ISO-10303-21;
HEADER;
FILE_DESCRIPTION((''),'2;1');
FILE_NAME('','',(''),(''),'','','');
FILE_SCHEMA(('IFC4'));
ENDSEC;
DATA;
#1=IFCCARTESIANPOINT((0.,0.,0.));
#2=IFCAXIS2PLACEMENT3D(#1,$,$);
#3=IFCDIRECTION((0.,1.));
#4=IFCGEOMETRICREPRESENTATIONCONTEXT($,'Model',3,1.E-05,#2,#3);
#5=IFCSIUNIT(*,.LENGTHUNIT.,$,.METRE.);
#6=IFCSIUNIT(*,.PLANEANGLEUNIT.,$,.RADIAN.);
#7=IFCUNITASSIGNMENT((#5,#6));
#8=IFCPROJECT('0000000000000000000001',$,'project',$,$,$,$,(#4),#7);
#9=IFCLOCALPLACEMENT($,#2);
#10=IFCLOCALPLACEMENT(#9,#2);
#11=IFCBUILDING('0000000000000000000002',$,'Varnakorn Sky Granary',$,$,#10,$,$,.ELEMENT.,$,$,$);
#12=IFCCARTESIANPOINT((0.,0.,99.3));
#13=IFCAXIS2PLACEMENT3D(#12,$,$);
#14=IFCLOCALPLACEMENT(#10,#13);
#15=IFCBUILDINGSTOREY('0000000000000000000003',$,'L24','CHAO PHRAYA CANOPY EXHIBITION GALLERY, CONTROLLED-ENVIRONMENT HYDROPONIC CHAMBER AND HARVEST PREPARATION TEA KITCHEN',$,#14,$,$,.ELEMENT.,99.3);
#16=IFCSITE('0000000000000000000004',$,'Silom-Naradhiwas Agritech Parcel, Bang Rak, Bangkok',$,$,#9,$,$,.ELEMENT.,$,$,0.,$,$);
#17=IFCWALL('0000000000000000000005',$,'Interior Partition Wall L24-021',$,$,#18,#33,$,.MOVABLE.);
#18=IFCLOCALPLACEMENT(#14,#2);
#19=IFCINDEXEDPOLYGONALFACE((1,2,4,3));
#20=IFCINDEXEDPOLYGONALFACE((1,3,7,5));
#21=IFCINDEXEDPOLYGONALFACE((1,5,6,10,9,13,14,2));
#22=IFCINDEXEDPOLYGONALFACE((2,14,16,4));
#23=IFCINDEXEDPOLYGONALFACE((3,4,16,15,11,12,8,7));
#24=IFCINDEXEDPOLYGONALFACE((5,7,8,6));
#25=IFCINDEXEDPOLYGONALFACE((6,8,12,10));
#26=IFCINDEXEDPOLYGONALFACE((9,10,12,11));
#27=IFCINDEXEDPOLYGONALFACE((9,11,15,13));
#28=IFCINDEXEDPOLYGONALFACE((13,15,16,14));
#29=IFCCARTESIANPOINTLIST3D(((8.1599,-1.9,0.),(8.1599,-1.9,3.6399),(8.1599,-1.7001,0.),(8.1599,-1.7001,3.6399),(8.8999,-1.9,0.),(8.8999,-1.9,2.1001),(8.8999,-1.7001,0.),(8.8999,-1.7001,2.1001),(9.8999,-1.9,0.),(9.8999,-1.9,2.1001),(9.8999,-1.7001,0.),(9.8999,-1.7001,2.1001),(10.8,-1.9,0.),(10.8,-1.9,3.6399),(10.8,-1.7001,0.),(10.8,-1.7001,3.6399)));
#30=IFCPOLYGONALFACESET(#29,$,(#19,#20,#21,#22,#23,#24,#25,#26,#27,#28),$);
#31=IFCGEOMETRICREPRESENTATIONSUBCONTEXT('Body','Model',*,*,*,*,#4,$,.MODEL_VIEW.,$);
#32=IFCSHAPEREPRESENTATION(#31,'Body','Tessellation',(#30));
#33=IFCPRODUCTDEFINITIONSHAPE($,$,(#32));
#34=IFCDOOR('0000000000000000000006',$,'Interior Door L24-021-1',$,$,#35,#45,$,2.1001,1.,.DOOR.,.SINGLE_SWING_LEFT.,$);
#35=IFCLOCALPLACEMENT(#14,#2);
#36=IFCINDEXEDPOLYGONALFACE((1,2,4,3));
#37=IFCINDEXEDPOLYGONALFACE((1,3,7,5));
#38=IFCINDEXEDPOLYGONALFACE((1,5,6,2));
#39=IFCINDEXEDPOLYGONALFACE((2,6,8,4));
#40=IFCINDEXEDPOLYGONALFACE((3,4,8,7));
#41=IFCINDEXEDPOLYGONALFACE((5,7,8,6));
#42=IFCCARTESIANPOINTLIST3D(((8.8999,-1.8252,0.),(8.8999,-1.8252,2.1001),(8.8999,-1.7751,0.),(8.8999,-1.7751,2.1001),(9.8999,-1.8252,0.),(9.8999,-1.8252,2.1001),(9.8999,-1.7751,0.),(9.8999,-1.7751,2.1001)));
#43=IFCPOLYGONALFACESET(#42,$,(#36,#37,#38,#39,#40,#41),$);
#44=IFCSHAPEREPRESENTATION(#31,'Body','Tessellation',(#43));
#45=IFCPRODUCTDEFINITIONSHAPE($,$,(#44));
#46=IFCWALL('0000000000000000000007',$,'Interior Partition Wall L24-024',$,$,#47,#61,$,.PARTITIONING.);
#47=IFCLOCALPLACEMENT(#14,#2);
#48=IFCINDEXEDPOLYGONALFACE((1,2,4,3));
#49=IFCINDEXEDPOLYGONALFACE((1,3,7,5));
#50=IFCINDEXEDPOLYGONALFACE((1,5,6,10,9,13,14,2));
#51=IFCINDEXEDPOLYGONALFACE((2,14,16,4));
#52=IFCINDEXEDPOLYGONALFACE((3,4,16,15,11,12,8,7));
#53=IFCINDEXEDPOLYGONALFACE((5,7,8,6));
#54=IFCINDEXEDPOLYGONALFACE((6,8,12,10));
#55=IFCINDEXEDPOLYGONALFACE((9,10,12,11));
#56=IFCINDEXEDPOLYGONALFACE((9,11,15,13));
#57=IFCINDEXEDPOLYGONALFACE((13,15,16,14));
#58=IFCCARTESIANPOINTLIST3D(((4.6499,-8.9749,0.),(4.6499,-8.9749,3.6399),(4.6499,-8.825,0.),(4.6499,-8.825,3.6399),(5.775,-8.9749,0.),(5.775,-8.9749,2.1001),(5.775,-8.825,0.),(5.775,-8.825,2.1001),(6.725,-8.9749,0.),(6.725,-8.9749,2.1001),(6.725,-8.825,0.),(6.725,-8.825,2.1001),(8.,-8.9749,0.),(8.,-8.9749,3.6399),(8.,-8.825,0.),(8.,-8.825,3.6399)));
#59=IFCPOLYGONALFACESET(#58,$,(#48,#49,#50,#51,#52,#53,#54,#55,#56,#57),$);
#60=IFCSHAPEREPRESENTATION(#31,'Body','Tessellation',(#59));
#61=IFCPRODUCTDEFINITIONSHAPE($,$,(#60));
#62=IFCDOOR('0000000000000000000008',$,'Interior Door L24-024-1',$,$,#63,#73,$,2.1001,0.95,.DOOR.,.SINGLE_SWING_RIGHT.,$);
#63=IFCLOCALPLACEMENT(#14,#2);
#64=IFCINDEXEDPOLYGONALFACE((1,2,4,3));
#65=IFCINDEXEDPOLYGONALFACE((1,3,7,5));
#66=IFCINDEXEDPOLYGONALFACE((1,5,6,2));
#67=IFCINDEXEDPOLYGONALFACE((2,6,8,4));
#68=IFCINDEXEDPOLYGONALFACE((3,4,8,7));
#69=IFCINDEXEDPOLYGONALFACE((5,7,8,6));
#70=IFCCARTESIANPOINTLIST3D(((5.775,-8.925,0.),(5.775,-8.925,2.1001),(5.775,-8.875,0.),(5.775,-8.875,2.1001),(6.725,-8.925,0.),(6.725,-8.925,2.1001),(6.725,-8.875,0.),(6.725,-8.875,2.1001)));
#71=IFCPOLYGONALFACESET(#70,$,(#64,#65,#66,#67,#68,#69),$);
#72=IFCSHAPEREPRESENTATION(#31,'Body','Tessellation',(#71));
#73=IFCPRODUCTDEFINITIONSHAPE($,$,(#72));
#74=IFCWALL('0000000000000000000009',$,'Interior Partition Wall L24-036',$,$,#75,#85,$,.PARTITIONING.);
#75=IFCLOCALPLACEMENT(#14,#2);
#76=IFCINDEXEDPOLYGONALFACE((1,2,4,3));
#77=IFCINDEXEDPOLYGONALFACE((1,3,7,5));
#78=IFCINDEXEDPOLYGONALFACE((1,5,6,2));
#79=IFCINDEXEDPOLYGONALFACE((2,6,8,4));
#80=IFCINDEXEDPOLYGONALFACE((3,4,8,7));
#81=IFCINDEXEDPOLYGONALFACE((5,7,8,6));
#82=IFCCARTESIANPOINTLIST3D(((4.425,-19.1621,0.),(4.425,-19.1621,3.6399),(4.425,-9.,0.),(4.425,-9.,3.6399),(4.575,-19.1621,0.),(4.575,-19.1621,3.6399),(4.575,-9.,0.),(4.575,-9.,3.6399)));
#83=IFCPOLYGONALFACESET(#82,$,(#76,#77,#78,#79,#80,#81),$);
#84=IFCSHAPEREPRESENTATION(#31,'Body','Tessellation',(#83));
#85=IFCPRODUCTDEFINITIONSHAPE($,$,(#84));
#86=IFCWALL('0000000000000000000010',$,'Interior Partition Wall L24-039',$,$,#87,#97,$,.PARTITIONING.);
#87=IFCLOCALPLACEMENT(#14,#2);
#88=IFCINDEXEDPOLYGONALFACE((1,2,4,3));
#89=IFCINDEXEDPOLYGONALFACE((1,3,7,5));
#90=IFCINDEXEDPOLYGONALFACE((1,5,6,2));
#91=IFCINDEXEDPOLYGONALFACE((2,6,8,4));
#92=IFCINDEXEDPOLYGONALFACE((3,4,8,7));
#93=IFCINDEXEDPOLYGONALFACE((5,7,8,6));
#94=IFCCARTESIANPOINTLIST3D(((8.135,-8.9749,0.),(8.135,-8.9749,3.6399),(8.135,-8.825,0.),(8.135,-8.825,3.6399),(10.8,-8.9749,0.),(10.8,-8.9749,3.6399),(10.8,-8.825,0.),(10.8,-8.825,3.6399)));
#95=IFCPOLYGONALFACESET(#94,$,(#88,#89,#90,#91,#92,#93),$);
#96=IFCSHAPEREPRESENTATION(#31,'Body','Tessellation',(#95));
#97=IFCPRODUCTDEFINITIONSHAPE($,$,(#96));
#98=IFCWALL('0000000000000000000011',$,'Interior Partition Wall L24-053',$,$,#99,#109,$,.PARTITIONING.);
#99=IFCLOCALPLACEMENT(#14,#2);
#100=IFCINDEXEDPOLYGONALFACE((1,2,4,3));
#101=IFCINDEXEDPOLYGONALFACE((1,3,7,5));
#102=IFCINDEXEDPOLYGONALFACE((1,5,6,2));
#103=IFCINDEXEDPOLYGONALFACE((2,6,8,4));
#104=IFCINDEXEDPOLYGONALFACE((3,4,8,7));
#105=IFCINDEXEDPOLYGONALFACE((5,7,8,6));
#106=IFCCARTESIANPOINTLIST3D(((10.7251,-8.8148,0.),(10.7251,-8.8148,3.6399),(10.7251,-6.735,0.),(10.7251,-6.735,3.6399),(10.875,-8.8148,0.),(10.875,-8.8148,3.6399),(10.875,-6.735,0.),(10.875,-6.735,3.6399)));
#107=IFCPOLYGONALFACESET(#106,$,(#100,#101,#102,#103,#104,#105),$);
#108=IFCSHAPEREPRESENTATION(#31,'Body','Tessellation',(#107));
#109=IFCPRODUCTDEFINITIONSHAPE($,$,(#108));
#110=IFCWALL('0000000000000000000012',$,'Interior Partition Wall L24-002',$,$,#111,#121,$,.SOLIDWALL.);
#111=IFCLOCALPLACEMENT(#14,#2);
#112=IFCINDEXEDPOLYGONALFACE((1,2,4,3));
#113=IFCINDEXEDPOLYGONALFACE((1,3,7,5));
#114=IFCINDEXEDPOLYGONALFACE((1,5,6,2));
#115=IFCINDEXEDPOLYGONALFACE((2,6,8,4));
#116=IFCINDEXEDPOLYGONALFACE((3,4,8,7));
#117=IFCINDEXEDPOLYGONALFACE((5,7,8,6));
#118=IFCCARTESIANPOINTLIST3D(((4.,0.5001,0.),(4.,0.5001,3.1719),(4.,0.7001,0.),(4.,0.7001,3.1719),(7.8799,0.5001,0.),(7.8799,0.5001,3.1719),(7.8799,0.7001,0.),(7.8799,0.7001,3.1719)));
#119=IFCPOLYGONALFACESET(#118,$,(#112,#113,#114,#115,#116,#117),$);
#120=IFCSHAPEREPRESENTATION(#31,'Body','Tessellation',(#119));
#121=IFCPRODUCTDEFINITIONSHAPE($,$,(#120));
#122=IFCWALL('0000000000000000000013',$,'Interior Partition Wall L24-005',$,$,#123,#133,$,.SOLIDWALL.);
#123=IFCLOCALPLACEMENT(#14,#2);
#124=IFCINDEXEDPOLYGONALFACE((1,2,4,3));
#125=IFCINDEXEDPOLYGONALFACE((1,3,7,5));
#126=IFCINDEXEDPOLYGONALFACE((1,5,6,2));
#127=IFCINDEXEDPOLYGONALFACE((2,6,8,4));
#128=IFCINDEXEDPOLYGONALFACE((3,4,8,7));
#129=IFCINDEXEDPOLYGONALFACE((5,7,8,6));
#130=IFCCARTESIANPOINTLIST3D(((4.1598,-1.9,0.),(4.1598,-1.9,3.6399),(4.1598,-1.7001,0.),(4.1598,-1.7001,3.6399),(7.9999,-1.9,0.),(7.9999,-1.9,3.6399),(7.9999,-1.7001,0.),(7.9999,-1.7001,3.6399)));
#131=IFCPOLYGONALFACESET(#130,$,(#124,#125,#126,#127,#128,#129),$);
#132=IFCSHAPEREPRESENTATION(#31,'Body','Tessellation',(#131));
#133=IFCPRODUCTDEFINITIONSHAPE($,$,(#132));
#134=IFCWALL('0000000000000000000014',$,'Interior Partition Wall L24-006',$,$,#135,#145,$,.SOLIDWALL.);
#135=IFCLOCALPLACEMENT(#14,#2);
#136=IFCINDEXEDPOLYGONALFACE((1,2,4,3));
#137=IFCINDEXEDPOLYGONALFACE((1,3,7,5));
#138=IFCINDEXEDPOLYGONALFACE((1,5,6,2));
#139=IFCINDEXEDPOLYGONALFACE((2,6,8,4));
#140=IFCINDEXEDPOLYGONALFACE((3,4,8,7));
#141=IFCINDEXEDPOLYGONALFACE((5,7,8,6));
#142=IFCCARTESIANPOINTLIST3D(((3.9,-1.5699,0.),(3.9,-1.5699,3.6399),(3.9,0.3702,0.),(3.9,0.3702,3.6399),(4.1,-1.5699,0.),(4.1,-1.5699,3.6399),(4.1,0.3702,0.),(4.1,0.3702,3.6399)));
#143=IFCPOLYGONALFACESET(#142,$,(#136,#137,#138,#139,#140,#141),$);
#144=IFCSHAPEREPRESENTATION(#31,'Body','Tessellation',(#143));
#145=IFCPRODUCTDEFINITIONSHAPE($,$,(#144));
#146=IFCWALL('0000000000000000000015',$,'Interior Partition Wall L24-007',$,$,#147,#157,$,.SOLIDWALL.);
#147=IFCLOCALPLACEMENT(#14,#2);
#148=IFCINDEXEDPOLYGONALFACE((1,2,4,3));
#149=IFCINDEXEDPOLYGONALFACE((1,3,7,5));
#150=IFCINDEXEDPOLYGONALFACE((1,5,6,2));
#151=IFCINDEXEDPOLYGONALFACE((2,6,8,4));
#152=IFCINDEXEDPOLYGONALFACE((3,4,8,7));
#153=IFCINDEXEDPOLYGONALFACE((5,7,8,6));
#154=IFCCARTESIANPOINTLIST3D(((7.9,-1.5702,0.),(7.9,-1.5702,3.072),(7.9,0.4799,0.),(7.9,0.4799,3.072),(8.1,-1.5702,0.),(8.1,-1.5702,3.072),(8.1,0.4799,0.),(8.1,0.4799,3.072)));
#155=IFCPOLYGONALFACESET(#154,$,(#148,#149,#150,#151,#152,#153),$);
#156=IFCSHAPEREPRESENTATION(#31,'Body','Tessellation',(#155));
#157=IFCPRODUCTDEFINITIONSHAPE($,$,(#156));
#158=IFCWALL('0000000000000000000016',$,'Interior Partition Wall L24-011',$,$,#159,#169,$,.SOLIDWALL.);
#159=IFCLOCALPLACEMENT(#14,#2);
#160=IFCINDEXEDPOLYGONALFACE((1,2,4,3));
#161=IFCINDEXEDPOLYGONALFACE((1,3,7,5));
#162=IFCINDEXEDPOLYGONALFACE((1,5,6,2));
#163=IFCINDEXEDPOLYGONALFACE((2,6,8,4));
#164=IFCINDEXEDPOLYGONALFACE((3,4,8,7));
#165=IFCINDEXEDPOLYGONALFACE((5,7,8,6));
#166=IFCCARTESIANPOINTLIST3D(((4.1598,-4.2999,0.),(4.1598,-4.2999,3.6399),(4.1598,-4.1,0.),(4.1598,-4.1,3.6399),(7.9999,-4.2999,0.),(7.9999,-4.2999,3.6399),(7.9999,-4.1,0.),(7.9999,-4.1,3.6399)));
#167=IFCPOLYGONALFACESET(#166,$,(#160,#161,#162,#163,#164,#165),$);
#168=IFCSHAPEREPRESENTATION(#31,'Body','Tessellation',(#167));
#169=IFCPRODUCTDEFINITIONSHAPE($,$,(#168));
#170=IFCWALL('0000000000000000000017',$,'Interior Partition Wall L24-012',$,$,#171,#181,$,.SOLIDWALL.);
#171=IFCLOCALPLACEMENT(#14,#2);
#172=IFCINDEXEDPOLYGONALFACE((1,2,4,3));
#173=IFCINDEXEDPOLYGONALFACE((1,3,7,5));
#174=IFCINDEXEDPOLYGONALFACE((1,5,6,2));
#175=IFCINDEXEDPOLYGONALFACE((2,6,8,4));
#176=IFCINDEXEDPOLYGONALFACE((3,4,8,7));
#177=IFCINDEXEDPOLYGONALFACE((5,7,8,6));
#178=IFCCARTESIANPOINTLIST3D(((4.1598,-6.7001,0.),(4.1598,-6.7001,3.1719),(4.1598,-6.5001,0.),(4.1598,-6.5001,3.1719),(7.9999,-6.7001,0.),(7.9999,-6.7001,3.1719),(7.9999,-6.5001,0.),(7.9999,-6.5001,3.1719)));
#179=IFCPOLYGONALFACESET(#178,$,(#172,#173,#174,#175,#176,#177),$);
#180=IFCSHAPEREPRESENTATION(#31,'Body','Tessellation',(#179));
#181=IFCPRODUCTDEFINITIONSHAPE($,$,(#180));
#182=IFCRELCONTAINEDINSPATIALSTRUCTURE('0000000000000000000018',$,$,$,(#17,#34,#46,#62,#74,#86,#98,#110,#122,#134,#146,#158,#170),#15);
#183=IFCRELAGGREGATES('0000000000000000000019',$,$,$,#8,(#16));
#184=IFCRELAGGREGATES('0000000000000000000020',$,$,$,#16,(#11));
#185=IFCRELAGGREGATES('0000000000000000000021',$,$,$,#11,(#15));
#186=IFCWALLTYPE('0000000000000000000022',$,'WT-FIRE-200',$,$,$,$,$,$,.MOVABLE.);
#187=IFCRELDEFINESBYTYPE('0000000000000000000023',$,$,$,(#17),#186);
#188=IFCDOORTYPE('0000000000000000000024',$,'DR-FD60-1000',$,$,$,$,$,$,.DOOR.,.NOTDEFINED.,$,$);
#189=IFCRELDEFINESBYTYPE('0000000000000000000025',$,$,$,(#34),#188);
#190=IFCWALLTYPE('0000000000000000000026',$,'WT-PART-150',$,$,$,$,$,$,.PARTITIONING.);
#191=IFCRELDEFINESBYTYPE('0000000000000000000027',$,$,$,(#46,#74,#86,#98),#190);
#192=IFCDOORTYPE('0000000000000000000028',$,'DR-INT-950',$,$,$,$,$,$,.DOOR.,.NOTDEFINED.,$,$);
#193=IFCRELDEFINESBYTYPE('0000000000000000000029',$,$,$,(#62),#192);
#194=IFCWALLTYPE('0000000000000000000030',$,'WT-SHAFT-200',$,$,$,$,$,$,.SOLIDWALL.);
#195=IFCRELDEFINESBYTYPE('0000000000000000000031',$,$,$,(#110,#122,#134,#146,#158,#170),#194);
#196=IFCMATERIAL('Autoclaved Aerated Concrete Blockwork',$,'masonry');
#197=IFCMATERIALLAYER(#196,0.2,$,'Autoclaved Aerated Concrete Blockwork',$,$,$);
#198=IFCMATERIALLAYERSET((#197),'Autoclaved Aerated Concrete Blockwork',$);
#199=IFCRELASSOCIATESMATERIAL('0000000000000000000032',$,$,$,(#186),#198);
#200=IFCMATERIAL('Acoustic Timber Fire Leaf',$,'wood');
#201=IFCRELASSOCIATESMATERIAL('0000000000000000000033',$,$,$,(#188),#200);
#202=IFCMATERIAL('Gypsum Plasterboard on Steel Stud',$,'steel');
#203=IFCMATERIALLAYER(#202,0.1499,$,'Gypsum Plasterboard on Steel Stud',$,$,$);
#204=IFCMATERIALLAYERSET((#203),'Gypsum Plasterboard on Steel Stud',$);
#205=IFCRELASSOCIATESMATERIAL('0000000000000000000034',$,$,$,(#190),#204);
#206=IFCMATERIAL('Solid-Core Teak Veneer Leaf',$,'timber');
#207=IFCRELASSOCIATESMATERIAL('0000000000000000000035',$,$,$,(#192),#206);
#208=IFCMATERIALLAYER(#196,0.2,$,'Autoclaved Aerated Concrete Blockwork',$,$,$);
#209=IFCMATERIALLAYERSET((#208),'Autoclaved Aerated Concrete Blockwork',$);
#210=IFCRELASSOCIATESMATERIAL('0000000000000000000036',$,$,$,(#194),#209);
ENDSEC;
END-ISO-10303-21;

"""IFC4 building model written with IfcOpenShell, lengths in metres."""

from ifc_helpers import new_model, si_unit, direction, frame, frame_2d, origin, place, context, subcontext, project, spatial, rectangle, extrude, material, layer, layer_set, type_object, element, fill, save


model = new_model("IFC4")

# Units and contexts
model_context = context("Model", 3, precision=1e-05, world=origin(), true_north=direction((0.0, 1.0)))
body_context = subcontext(model_context, "Body", "Model", "MODEL_VIEW")
ifc_project = project(units=[si_unit("LENGTHUNIT", "METRE"), si_unit("PLANEANGLEUNIT", "RADIAN")], contexts=[model_context])

# Site, building, storey
site_placement = place(None, origin())
site = spatial("IfcSite", under=ifc_project, at=site_placement, Name="Silom-Naradhiwas Agritech Parcel, Bang Rak, Bangkok", CompositionType="ELEMENT", RefElevation=0.0)
building_placement = place(site_placement, origin())
building = spatial("IfcBuilding", under=site, at=building_placement, Name="Varnakorn Sky Granary", CompositionType="ELEMENT")
storey_placement = place(building_placement, frame((0.0, 0.0, 99.3)))
storey = spatial("IfcBuildingStorey", under=building, at=storey_placement, Name="L24", Description="CHAO PHRAYA CANOPY EXHIBITION GALLERY, CONTROLLED-ENVIRONMENT HYDROPONIC CHAMBER AND HARVEST PREPARATION TEA KITCHEN", CompositionType="ELEMENT", Elevation=99.3)

# Walls, openings, doors
ifc_material_1 = material(Name="Autoclaved Aerated Concrete Blockwork", Category="masonry")
ifc_layer_1 = layer(ifc_material_1, 0.2, Name="Autoclaved Aerated Concrete Blockwork")
ifc_layer_set_1 = layer_set([ifc_layer_1], Name="Autoclaved Aerated Concrete Blockwork")
wall_type_1 = type_object("IfcWallType", Name="WT-FIRE-200", PredefinedType="MOVABLE", material=ifc_layer_set_1)
ifc_material_2 = material(Name="Acoustic Timber Fire Leaf", Category="wood")
door_type_1 = type_object("IfcDoorType", Name="DR-FD60-1000", OperationType="NOTDEFINED", PredefinedType="DOOR", material=ifc_material_2)
wall_1_placement = place(storey_placement, frame((8.1599, -1.8, 0.0), z_axis=(0.0, 0.0, 1.0), x_axis=(1.0, 0.0, 0.0)))
wall_1 = element("IfcWall", 1, at=wall_1_placement, inside=storey, type_object=wall_type_1, Name="Interior Partition Wall L24-021", PredefinedType="MOVABLE", context=body_context, shape_type="SweptSolid", body=[
    extrude(rectangle(XDim=2.6401, YDim=0.2, at=frame_2d((1.3201, 0.0))), origin(), (0.0, 0.0, 1.0), 3.6399),
])
opening_1_placement = place(wall_1_placement, frame((0.74, 0.0, 0.0)))
opening_1 = element("IfcOpeningElement", 2, at=opening_1_placement, cuts=wall_1, PredefinedType="OPENING", context=body_context, shape_type="SweptSolid", body=[
    extrude(rectangle(XDim=1.0, YDim=2.1001, at=frame_2d((0.5, 1.05))), frame((0.0, 0.1099, 0.0), z_axis=(0.0, -1.0, 0.0), x_axis=(1.0, 0.0, 0.0)), (0.0, 0.0, 1.0), 0.22),
])
door_1_placement = place(opening_1_placement, origin())
door_1 = element("IfcDoor", 3, at=door_1_placement, inside=storey, type_object=door_type_1, Name="Interior Door L24-021-1", OperationType="SINGLE_SWING_LEFT", OverallHeight=2.1001, OverallWidth=1.0, PredefinedType="DOOR", context=body_context, shape_type="SweptSolid", body=[
    extrude(rectangle(XDim=1.0, YDim=2.1001, at=frame_2d((0.5, 1.05))), frame((0.0, 0.0249, 0.0), z_axis=(0.0, -1.0, 0.0), x_axis=(1.0, 0.0, 0.0)), (0.0, 0.0, 1.0), 0.05),
])
fill(opening_1, door_1)
ifc_material_3 = material(Name="Gypsum Plasterboard on Steel Stud", Category="steel")
ifc_layer_2 = layer(ifc_material_3, 0.1499, Name="Gypsum Plasterboard on Steel Stud")
ifc_layer_set_2 = layer_set([ifc_layer_2], Name="Gypsum Plasterboard on Steel Stud")
wall_type_2 = type_object("IfcWallType", Name="WT-PART-150", PredefinedType="PARTITIONING", material=ifc_layer_set_2)
wall_2_placement = place(storey_placement, frame((4.6499, -8.8999, 0.0), z_axis=(0.0, 0.0, 1.0), x_axis=(1.0, 0.0, 0.0)))
wall_2 = element("IfcWall", 4, at=wall_2_placement, inside=storey, type_object=wall_type_2, Name="Interior Partition Wall L24-024", PredefinedType="PARTITIONING", context=body_context, shape_type="SweptSolid", body=[
    extrude(rectangle(XDim=3.3501, YDim=0.1499, at=frame_2d((1.675, 0.0))), origin(), (0.0, 0.0, 1.0), 3.6399),
])
opening_2_placement = place(wall_2_placement, frame((1.125, 0.0, 0.0)))
opening_2 = element("IfcOpeningElement", 5, at=opening_2_placement, cuts=wall_2, PredefinedType="OPENING", context=body_context, shape_type="SweptSolid", body=[
    extrude(rectangle(XDim=0.95, YDim=2.1001, at=frame_2d((0.4751, 1.05))), frame((0.0, 0.085, 0.0), z_axis=(0.0, -1.0, 0.0), x_axis=(1.0, 0.0, 0.0)), (0.0, 0.0, 1.0), 0.1699),
])
ifc_material_4 = material(Name="Solid-Core Teak Veneer Leaf", Category="timber")
door_type_2 = type_object("IfcDoorType", Name="DR-INT-950", OperationType="NOTDEFINED", PredefinedType="DOOR", material=ifc_material_4)
door_2_placement = place(opening_2_placement, origin())
door_2 = element("IfcDoor", 6, at=door_2_placement, inside=storey, type_object=door_type_2, Name="Interior Door L24-024-1", OperationType="SINGLE_SWING_RIGHT", OverallHeight=2.1001, OverallWidth=0.95, PredefinedType="DOOR", context=body_context, shape_type="SweptSolid", body=[
    extrude(rectangle(XDim=0.95, YDim=2.1001, at=frame_2d((0.4751, 1.05))), frame((0.0, 0.0249, 0.0), z_axis=(0.0, -1.0, 0.0), x_axis=(1.0, 0.0, 0.0)), (0.0, 0.0, 1.0), 0.05),
])
fill(opening_2, door_2)

# Walls
wall_3_placement = place(storey_placement, frame((4.5, -9.0, 0.0), z_axis=(0.0, 0.0, 1.0), x_axis=(0.0, -1.0, 0.0)))
element("IfcWall", 7, at=wall_3_placement, inside=storey, type_object=wall_type_2, Name="Interior Partition Wall L24-036", PredefinedType="PARTITIONING", context=body_context, shape_type="SweptSolid", body=[
    extrude(rectangle(XDim=10.1621, YDim=0.1499, at=frame_2d((5.0811, 0.0))), origin(), (0.0, 0.0, 1.0), 3.6399),
])
wall_4_placement = place(storey_placement, frame((8.135, -8.8999, 0.0), z_axis=(0.0, 0.0, 1.0), x_axis=(1.0, 0.0, 0.0)))
element("IfcWall", 8, at=wall_4_placement, inside=storey, type_object=wall_type_2, Name="Interior Partition Wall L24-039", PredefinedType="PARTITIONING", context=body_context, shape_type="SweptSolid", body=[
    extrude(rectangle(XDim=2.665, YDim=0.1499, at=frame_2d((1.3325, 0.0))), origin(), (0.0, 0.0, 1.0), 3.6399),
])
wall_5_placement = place(storey_placement, frame((10.8, -8.8149, 0.0), z_axis=(0.0, 0.0, 1.0), x_axis=(0.0, 1.0, 0.0)))
element("IfcWall", 9, at=wall_5_placement, inside=storey, type_object=wall_type_2, Name="Interior Partition Wall L24-053", PredefinedType="PARTITIONING", context=body_context, shape_type="SweptSolid", body=[
    extrude(rectangle(XDim=2.0798, YDim=0.1499, at=frame_2d((1.04, 0.0))), origin(), (0.0, 0.0, 1.0), 3.6399),
])
ifc_layer_3 = layer(ifc_material_1, 0.2, Name="Autoclaved Aerated Concrete Blockwork")
ifc_layer_set_3 = layer_set([ifc_layer_3], Name="Autoclaved Aerated Concrete Blockwork")
wall_type_3 = type_object("IfcWallType", Name="WT-SHAFT-200", PredefinedType="SOLIDWALL", material=ifc_layer_set_3)
wall_6_placement = place(storey_placement, frame((4.0, 0.6001, 0.0), z_axis=(0.0, 0.0, 1.0), x_axis=(1.0, 0.0, 0.0)))
element("IfcWall", 10, at=wall_6_placement, inside=storey, type_object=wall_type_3, Name="Interior Partition Wall L24-002", PredefinedType="SOLIDWALL", context=body_context, shape_type="SweptSolid", body=[
    extrude(rectangle(XDim=3.8799, YDim=0.2, at=frame_2d((1.9399, 0.0))), origin(), (0.0, 0.0, 1.0), 3.1719),
])
wall_7_placement = place(storey_placement, frame((4.1599, -1.8, 0.0), z_axis=(0.0, 0.0, 1.0), x_axis=(1.0, 0.0, 0.0)))
element("IfcWall", 11, at=wall_7_placement, inside=storey, type_object=wall_type_3, Name="Interior Partition Wall L24-005", PredefinedType="SOLIDWALL", context=body_context, shape_type="SweptSolid", body=[
    extrude(rectangle(XDim=3.8401, YDim=0.2, at=frame_2d((1.9199, 0.0))), origin(), (0.0, 0.0, 1.0), 3.6399),
])
wall_8_placement = place(storey_placement, frame((4.0, -1.5701, 0.0), z_axis=(0.0, 0.0, 1.0), x_axis=(0.0, 1.0, 0.0)))
element("IfcWall", 12, at=wall_8_placement, inside=storey, type_object=wall_type_3, Name="Interior Partition Wall L24-006", PredefinedType="SOLIDWALL", context=body_context, shape_type="SweptSolid", body=[
    extrude(rectangle(XDim=1.9402, YDim=0.2, at=frame_2d((0.9702, 0.0))), origin(), (0.0, 0.0, 1.0), 3.6399),
])
wall_9_placement = place(storey_placement, frame((8.0, -1.5701, 0.0), z_axis=(0.0, 0.0, 1.0), x_axis=(0.0, 1.0, 0.0)))
element("IfcWall", 13, at=wall_9_placement, inside=storey, type_object=wall_type_3, Name="Interior Partition Wall L24-007", PredefinedType="SOLIDWALL", context=body_context, shape_type="SweptSolid", body=[
    extrude(rectangle(XDim=2.05, YDim=0.2, at=frame_2d((1.0249, 0.0))), origin(), (0.0, 0.0, 1.0), 3.072),
])
wall_10_placement = place(storey_placement, frame((4.1599, -4.2, 0.0), z_axis=(0.0, 0.0, 1.0), x_axis=(1.0, 0.0, 0.0)))
element("IfcWall", 14, at=wall_10_placement, inside=storey, type_object=wall_type_3, Name="Interior Partition Wall L24-011", PredefinedType="SOLIDWALL", context=body_context, shape_type="SweptSolid", body=[
    extrude(rectangle(XDim=3.8401, YDim=0.2, at=frame_2d((1.9199, 0.0))), origin(), (0.0, 0.0, 1.0), 3.6399),
])
wall_11_placement = place(storey_placement, frame((4.1599, -6.6001, 0.0), z_axis=(0.0, 0.0, 1.0), x_axis=(1.0, 0.0, 0.0)))
element("IfcWall", 15, at=wall_11_placement, inside=storey, type_object=wall_type_3, Name="Interior Partition Wall L24-012", PredefinedType="SOLIDWALL", context=body_context, shape_type="SweptSolid", body=[
    extrude(rectangle(XDim=3.8401, YDim=0.2, at=frame_2d((1.9199, 0.0))), origin(), (0.0, 0.0, 1.0), 3.1719),
])

save(model, "model.ifc")
